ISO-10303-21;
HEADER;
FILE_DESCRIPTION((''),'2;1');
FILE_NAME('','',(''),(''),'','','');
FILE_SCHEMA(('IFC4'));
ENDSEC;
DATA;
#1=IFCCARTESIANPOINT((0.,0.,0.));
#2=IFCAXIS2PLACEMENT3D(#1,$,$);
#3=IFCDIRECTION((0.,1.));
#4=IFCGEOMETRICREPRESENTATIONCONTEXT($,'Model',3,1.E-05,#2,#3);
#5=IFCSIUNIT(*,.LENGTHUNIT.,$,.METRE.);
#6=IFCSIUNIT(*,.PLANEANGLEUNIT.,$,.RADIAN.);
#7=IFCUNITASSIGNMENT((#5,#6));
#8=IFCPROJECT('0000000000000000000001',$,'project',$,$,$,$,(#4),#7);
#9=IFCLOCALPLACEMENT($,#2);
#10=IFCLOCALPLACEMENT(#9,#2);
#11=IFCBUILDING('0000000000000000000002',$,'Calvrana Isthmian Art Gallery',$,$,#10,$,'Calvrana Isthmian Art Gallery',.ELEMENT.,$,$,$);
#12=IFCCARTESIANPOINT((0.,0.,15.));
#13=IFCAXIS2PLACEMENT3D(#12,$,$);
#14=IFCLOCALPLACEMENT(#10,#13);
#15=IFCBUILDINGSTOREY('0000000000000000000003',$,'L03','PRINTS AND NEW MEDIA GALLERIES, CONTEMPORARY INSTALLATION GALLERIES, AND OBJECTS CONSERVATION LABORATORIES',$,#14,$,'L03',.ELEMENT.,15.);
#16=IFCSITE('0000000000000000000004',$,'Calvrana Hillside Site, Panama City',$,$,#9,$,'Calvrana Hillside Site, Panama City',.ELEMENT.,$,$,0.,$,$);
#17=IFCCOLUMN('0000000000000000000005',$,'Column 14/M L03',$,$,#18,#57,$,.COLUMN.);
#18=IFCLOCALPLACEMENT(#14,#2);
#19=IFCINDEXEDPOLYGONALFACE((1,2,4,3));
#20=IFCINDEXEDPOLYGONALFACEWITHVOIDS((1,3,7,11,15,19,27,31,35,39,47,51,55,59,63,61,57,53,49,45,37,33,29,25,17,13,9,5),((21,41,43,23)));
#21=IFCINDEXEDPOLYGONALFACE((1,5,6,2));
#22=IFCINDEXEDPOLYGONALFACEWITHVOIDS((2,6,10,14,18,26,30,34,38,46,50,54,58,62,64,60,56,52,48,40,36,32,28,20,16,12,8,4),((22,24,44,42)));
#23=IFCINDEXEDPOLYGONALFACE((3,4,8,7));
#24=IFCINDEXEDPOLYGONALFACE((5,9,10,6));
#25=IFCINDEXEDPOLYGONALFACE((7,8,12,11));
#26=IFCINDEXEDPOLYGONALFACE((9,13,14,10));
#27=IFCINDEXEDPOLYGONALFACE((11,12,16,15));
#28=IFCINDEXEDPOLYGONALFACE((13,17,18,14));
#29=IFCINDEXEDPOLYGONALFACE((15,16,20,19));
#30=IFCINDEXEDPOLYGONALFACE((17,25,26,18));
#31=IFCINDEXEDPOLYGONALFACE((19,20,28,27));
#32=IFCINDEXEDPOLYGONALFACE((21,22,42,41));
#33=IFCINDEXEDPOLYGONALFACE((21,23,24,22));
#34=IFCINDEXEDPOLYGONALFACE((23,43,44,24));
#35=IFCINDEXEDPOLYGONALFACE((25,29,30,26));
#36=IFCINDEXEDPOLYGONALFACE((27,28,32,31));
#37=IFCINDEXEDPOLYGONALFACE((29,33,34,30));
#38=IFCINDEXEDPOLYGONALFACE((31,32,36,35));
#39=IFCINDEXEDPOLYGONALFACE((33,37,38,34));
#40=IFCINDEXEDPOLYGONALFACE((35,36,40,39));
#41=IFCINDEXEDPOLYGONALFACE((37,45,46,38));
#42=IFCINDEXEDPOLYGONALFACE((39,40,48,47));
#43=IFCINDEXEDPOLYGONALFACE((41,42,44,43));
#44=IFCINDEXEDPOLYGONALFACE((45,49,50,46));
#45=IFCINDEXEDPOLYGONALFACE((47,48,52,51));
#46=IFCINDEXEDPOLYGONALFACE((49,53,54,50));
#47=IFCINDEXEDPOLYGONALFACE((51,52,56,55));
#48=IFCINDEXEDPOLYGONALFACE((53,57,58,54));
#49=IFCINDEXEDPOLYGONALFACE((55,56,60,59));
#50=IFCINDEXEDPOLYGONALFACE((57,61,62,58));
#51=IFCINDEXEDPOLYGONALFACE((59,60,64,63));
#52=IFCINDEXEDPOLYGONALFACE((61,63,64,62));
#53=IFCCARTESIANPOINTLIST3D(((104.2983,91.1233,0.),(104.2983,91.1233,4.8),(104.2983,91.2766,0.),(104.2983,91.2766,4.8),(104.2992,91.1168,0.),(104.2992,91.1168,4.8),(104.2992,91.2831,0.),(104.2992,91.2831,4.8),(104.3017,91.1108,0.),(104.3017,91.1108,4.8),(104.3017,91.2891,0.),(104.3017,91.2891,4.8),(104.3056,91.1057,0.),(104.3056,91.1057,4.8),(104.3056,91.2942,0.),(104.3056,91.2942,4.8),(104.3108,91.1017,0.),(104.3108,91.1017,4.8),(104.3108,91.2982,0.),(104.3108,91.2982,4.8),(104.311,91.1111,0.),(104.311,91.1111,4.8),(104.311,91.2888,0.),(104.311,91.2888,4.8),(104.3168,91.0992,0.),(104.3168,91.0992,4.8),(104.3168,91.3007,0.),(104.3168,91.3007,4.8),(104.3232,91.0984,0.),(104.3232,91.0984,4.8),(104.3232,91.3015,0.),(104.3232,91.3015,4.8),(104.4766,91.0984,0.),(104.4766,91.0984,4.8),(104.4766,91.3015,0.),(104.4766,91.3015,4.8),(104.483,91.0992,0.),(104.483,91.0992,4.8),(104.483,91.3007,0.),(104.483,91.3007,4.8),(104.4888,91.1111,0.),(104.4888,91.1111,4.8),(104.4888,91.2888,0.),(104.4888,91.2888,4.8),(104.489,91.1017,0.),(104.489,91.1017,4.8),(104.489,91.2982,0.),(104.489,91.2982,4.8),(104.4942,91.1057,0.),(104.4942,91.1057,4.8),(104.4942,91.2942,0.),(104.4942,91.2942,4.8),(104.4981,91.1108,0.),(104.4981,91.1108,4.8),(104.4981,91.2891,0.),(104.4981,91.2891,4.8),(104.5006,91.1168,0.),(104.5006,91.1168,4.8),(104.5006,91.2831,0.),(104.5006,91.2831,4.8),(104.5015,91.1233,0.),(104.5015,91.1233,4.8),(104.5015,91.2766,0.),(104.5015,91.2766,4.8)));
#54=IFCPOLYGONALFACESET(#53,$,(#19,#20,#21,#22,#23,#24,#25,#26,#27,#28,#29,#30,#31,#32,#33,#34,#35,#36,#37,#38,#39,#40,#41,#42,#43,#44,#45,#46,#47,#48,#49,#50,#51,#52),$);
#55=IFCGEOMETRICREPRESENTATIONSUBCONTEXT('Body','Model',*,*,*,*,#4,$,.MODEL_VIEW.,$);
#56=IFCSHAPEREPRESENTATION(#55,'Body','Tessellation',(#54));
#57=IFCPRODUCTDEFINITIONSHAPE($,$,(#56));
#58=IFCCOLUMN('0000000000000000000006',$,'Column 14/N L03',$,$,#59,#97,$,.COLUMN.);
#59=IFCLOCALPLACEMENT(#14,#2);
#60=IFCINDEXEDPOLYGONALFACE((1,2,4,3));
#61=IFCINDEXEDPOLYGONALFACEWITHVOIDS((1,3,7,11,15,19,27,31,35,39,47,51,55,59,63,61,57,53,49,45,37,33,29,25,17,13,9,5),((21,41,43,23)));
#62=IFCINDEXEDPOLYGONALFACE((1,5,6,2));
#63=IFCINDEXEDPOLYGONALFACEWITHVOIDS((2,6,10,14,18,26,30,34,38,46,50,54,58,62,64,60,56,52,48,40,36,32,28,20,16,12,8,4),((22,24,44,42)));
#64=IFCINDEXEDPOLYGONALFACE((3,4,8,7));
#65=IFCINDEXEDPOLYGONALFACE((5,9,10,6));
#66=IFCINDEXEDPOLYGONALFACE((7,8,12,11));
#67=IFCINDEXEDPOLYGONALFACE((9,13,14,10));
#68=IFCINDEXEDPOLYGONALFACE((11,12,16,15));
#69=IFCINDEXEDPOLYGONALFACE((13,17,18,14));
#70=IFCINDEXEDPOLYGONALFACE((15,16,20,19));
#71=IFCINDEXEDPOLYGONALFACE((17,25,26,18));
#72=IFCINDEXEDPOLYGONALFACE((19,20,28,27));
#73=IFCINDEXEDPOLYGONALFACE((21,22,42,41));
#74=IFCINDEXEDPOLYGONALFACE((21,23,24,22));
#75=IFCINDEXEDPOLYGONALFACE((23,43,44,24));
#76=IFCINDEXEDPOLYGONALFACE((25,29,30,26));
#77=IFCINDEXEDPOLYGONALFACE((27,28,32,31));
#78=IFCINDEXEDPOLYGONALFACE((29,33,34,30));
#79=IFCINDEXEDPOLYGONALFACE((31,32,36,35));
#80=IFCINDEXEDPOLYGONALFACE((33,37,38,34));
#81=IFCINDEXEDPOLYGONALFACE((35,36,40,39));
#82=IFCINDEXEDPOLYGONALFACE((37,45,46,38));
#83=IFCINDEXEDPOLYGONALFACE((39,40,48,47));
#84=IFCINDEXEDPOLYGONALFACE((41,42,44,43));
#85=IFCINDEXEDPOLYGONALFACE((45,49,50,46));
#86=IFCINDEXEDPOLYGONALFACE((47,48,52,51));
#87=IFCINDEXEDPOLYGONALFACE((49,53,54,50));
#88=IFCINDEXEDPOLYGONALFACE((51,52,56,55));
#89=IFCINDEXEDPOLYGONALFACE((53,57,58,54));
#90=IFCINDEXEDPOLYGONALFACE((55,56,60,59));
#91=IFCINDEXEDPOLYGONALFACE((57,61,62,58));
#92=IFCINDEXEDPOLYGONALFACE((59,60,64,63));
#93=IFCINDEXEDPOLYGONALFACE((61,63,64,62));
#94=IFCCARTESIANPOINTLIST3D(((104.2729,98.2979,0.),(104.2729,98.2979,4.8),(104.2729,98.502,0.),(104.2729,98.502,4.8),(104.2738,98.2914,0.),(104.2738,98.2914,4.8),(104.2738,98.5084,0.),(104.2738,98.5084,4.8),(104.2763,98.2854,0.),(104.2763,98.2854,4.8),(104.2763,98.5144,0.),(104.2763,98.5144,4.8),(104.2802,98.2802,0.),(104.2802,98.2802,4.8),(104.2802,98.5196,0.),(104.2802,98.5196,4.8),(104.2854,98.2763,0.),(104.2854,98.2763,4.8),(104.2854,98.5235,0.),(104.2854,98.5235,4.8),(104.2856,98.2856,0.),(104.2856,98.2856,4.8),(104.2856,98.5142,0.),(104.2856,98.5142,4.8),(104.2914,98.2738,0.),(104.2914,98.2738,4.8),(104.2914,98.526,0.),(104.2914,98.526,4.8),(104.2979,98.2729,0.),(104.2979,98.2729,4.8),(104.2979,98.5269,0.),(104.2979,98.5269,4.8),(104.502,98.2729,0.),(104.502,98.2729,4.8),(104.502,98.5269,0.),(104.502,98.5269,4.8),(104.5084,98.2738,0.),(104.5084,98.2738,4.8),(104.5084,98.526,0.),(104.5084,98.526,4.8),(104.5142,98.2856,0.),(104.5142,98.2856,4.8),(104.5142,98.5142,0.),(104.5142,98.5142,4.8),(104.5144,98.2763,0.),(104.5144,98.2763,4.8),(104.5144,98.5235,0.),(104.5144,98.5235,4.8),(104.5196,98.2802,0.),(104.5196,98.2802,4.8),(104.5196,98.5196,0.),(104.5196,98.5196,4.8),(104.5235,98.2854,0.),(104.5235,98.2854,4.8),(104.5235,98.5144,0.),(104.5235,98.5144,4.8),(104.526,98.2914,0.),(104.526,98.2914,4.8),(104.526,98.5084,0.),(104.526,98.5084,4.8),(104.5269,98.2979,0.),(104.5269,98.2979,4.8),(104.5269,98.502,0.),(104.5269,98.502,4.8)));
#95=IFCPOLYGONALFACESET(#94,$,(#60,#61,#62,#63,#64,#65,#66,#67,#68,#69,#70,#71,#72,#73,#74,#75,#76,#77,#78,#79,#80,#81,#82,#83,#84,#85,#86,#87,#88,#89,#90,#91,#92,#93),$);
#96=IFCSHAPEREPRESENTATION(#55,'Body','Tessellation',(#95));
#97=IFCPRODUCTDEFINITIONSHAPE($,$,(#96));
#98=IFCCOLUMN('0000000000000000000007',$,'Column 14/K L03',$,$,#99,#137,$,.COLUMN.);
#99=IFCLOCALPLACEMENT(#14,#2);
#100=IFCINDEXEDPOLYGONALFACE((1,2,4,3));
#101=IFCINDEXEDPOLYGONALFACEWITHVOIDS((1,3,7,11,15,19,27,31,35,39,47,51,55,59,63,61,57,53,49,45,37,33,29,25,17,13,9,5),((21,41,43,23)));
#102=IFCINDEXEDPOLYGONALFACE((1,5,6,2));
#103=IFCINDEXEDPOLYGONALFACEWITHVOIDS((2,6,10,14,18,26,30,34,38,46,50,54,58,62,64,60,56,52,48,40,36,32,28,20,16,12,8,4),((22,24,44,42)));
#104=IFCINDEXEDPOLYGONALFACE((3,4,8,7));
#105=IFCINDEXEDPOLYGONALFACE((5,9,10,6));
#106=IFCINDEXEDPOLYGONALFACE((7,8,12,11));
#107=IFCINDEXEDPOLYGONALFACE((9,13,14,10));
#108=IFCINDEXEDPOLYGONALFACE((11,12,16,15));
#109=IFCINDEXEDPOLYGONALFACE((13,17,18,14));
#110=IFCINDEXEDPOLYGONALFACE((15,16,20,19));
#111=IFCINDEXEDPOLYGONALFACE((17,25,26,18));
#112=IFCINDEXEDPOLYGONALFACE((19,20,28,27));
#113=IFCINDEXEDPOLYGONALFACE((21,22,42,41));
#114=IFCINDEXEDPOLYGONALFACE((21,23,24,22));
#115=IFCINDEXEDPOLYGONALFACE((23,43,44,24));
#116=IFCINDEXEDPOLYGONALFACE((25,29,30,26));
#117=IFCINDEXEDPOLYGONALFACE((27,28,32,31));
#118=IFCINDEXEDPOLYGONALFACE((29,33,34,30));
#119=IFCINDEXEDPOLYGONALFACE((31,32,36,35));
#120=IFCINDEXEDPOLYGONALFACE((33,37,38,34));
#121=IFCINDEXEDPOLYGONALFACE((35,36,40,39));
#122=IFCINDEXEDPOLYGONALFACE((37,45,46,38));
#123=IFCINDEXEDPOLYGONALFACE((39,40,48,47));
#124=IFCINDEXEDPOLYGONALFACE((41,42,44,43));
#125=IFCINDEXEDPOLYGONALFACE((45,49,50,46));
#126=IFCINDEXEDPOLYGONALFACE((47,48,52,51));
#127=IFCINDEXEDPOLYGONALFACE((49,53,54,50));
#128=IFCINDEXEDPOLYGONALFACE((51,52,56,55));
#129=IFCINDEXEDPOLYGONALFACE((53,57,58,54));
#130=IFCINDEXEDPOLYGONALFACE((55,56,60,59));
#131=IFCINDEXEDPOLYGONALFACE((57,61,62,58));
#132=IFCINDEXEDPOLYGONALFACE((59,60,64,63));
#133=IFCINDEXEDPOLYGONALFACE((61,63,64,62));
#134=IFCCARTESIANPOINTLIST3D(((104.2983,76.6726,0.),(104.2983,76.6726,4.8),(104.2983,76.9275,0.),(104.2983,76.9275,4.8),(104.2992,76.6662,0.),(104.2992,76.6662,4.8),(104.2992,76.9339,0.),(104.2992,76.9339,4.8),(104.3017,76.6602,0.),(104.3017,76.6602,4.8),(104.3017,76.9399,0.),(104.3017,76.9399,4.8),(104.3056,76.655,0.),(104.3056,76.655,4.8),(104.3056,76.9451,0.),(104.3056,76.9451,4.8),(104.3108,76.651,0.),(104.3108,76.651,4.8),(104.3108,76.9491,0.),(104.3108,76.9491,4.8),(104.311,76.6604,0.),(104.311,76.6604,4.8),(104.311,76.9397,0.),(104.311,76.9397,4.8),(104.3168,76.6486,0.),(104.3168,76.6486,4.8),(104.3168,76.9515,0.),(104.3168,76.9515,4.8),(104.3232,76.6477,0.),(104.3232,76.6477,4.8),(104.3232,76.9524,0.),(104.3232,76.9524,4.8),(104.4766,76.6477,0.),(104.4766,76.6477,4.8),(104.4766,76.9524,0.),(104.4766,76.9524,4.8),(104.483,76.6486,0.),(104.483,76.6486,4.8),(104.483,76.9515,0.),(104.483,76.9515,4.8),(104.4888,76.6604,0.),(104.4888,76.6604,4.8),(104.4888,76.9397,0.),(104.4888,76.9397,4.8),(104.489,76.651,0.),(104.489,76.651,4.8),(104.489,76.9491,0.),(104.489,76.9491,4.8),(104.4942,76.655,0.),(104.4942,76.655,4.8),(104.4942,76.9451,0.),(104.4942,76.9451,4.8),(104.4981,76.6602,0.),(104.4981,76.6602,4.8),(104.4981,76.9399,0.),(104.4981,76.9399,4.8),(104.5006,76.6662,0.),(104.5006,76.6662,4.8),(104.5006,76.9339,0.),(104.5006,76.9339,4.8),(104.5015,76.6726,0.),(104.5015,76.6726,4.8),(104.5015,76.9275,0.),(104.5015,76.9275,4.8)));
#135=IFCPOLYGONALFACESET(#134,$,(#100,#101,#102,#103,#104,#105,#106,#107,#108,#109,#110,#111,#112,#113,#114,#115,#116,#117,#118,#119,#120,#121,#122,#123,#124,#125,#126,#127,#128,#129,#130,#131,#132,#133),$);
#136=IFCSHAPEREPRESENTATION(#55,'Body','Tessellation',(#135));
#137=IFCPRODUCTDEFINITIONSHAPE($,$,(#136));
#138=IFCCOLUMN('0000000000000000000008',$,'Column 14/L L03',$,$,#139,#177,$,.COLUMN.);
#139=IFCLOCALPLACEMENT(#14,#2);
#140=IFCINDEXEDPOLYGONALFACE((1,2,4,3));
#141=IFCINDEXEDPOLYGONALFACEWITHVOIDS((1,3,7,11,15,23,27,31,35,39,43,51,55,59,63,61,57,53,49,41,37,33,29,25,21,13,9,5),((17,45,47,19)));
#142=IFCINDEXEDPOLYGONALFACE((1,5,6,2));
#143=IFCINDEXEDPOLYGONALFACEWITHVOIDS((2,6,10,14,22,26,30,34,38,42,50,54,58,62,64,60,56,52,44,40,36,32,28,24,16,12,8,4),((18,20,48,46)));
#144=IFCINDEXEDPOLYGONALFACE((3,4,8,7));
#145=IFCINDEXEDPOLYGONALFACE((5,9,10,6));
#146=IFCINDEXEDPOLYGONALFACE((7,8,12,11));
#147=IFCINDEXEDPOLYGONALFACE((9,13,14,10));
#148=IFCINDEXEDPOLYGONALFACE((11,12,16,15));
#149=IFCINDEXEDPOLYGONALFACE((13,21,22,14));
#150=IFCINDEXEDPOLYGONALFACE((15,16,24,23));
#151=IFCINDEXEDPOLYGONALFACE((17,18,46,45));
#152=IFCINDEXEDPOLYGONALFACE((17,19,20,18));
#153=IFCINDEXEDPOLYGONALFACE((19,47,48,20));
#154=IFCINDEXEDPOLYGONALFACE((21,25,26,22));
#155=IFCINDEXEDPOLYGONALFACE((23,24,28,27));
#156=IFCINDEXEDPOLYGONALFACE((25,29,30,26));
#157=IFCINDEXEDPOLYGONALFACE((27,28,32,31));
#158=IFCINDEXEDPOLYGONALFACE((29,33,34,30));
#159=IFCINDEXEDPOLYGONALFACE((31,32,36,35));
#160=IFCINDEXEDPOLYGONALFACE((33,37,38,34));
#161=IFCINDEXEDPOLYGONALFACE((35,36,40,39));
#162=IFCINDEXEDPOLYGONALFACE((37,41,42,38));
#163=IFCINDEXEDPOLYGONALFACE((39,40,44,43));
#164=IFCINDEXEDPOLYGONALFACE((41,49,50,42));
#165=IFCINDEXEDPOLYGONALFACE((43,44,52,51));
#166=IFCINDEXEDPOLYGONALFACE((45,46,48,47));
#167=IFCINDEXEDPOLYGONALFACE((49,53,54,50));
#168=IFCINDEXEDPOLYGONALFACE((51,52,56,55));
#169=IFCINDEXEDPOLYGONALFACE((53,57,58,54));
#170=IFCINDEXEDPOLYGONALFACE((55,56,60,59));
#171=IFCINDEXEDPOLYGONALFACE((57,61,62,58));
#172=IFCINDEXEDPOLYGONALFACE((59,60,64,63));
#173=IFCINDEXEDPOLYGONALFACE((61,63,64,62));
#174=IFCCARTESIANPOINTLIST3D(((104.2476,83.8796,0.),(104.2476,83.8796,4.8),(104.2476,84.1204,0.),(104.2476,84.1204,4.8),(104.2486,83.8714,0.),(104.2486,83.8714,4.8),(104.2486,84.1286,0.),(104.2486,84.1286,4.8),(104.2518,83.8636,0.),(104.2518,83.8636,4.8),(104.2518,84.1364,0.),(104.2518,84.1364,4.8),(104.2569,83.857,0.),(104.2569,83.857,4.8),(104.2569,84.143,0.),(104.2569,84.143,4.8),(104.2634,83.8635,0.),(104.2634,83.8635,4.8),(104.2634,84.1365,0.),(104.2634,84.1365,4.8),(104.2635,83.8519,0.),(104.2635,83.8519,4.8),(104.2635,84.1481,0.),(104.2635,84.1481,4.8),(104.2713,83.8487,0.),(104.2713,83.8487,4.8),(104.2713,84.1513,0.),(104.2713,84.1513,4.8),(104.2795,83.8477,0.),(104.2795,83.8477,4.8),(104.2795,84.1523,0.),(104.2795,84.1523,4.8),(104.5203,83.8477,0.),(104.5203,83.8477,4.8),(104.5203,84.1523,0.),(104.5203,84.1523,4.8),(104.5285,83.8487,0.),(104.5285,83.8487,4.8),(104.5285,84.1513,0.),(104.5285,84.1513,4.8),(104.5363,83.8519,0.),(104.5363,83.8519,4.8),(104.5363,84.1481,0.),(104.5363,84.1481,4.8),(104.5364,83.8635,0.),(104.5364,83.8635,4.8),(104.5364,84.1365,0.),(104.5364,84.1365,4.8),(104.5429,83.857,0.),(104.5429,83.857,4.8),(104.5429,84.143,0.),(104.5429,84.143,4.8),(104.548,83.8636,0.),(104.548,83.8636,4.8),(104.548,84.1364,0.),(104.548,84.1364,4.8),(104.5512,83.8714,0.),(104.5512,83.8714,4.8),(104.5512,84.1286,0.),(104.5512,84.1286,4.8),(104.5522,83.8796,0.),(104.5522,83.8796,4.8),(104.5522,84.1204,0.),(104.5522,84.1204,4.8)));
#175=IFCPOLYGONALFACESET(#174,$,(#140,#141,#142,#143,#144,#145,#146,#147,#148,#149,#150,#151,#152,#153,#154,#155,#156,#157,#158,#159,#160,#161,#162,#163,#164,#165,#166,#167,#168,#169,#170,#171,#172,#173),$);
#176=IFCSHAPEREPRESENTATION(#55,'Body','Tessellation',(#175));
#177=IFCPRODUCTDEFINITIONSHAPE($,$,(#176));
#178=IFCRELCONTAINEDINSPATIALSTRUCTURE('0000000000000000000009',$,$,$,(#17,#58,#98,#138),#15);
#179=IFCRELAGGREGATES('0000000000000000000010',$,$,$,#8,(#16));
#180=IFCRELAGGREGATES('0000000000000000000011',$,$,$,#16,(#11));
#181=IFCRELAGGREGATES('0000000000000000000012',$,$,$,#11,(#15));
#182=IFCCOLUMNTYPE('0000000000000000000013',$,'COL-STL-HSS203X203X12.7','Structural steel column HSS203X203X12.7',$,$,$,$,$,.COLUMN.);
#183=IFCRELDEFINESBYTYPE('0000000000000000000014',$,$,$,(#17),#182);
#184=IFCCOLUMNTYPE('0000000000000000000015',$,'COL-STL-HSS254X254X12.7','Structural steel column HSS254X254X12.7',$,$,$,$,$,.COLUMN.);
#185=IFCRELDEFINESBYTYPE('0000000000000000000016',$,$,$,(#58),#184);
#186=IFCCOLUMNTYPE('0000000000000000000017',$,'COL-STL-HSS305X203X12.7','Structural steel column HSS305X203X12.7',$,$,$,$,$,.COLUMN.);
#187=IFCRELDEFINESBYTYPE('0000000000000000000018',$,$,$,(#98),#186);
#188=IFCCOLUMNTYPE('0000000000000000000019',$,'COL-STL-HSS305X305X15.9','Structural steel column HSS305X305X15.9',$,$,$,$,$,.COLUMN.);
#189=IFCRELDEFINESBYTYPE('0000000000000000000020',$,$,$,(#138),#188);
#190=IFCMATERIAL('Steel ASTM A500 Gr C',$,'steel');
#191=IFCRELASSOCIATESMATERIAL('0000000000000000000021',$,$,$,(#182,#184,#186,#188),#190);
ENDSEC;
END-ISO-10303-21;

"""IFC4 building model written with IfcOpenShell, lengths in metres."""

from ifc_helpers import new_model, si_unit, direction, frame, origin, origin_2d, place, context, subcontext, project, spatial, hollow_rectangle, extrude, material, material_profile, profile_set, type_object, element, save


model = new_model("IFC4")

# Units and contexts
model_context = context("Model", 3, precision=1e-05, world=origin(), true_north=direction((0.0, 1.0)))
body_context = subcontext(model_context, "Body", "Model", "MODEL_VIEW")
ifc_project = project(units=[si_unit("LENGTHUNIT", "METRE"), si_unit("PLANEANGLEUNIT", "RADIAN")], contexts=[model_context])

# Site, building, storey
site_placement = place(None, origin())
site = spatial("IfcSite", under=ifc_project, at=site_placement, Name="Calvrana Hillside Site, Panama City", LongName="Calvrana Hillside Site, Panama City", CompositionType="ELEMENT", RefElevation=0.0)
building_placement = place(site_placement, origin())
building = spatial("IfcBuilding", under=site, at=building_placement, Name="Calvrana Isthmian Art Gallery", LongName="Calvrana Isthmian Art Gallery", CompositionType="ELEMENT")
storey_placement = place(building_placement, frame((0.0, 0.0, 15.0)))
storey = spatial("IfcBuildingStorey", under=building, at=storey_placement, Name="L03", Description="PRINTS AND NEW MEDIA GALLERIES, CONTEMPORARY INSTALLATION GALLERIES, AND OBJECTS CONSERVATION LABORATORIES", LongName="L03", CompositionType="ELEMENT", Elevation=15.0)

# Columns
ifc_material_1 = material(Name="Steel ASTM A500 Gr C", Category="steel")
ifc_material_profile_1 = material_profile(ifc_material_1, hollow_rectangle(XDim=0.2031, YDim=0.2031, WallThickness=0.0127, OuterFilletRadius=0.0249, at=origin_2d()), Name="HSS203X203X12.7")
ifc_profile_set_1 = profile_set([ifc_material_profile_1], Name="Steel ASTM A500 Gr C")
column_type_1 = type_object("IfcColumnType", Name="COL-STL-HSS203X203X12.7", Description="Structural steel column HSS203X203X12.7", PredefinedType="COLUMN", material=ifc_profile_set_1)
column_1_placement = place(storey_placement, frame((104.3999, 91.2, 0.0), z_axis=(0.0, 0.0, 1.0), x_axis=(1.0, 0.0, 0.0)))
element("IfcColumn", 1, at=column_1_placement, inside=storey, type_object=column_type_1, Name="Column 14/M L03", PredefinedType="COLUMN", context=body_context, shape_type="SweptSolid", body=[
    extrude(hollow_rectangle(XDim=0.2031, YDim=0.2031, WallThickness=0.0127, OuterFilletRadius=0.0249, at=origin_2d()), origin(), (0.0, 0.0, 1.0), 4.8),
])
ifc_material_profile_2 = material_profile(ifc_material_1, hollow_rectangle(XDim=0.2539, YDim=0.2539, WallThickness=0.0127, OuterFilletRadius=0.0249, at=origin_2d()), Name="HSS254X254X12.7")
ifc_profile_set_2 = profile_set([ifc_material_profile_2], Name="Steel ASTM A500 Gr C")
column_type_2 = type_object("IfcColumnType", Name="COL-STL-HSS254X254X12.7", Description="Structural steel column HSS254X254X12.7", PredefinedType="COLUMN", material=ifc_profile_set_2)
column_2_placement = place(storey_placement, frame((104.3999, 98.3999, 0.0), z_axis=(0.0, 0.0, 1.0), x_axis=(1.0, 0.0, 0.0)))
element("IfcColumn", 2, at=column_2_placement, inside=storey, type_object=column_type_2, Name="Column 14/N L03", PredefinedType="COLUMN", context=body_context, shape_type="SweptSolid", body=[
    extrude(hollow_rectangle(XDim=0.2539, YDim=0.2539, WallThickness=0.0127, OuterFilletRadius=0.0249, at=origin_2d()), origin(), (0.0, 0.0, 1.0), 4.8),
])
ifc_material_profile_3 = material_profile(ifc_material_1, hollow_rectangle(XDim=0.2031, YDim=0.3047, WallThickness=0.0127, OuterFilletRadius=0.0249, at=origin_2d()), Name="HSS305X203X12.7")
ifc_profile_set_3 = profile_set([ifc_material_profile_3], Name="Steel ASTM A500 Gr C")
column_type_3 = type_object("IfcColumnType", Name="COL-STL-HSS305X203X12.7", Description="Structural steel column HSS305X203X12.7", PredefinedType="COLUMN", material=ifc_profile_set_3)
column_3_placement = place(storey_placement, frame((104.3999, 76.8, 0.0), z_axis=(0.0, 0.0, 1.0), x_axis=(1.0, 0.0, 0.0)))
element("IfcColumn", 3, at=column_3_placement, inside=storey, type_object=column_type_3, Name="Column 14/K L03", PredefinedType="COLUMN", context=body_context, shape_type="SweptSolid", body=[
    extrude(hollow_rectangle(XDim=0.2031, YDim=0.3047, WallThickness=0.0127, OuterFilletRadius=0.0249, at=origin_2d()), origin(), (0.0, 0.0, 1.0), 4.8),
])
ifc_material_profile_4 = material_profile(ifc_material_1, hollow_rectangle(XDim=0.3047, YDim=0.3047, WallThickness=0.0159, OuterFilletRadius=0.032, at=origin_2d()), Name="HSS305X305X15.9")
ifc_profile_set_4 = profile_set([ifc_material_profile_4], Name="Steel ASTM A500 Gr C")
column_type_4 = type_object("IfcColumnType", Name="COL-STL-HSS305X305X15.9", Description="Structural steel column HSS305X305X15.9", PredefinedType="COLUMN", material=ifc_profile_set_4)
column_4_placement = place(storey_placement, frame((104.3999, 84.0, 0.0), z_axis=(0.0, 0.0, 1.0), x_axis=(1.0, 0.0, 0.0)))
element("IfcColumn", 4, at=column_4_placement, inside=storey, type_object=column_type_4, Name="Column 14/L L03", PredefinedType="COLUMN", context=body_context, shape_type="SweptSolid", body=[
    extrude(hollow_rectangle(XDim=0.3047, YDim=0.3047, WallThickness=0.0159, OuterFilletRadius=0.032, at=origin_2d()), origin(), (0.0, 0.0, 1.0), 4.8),
])

save(model, "model.ifc")
